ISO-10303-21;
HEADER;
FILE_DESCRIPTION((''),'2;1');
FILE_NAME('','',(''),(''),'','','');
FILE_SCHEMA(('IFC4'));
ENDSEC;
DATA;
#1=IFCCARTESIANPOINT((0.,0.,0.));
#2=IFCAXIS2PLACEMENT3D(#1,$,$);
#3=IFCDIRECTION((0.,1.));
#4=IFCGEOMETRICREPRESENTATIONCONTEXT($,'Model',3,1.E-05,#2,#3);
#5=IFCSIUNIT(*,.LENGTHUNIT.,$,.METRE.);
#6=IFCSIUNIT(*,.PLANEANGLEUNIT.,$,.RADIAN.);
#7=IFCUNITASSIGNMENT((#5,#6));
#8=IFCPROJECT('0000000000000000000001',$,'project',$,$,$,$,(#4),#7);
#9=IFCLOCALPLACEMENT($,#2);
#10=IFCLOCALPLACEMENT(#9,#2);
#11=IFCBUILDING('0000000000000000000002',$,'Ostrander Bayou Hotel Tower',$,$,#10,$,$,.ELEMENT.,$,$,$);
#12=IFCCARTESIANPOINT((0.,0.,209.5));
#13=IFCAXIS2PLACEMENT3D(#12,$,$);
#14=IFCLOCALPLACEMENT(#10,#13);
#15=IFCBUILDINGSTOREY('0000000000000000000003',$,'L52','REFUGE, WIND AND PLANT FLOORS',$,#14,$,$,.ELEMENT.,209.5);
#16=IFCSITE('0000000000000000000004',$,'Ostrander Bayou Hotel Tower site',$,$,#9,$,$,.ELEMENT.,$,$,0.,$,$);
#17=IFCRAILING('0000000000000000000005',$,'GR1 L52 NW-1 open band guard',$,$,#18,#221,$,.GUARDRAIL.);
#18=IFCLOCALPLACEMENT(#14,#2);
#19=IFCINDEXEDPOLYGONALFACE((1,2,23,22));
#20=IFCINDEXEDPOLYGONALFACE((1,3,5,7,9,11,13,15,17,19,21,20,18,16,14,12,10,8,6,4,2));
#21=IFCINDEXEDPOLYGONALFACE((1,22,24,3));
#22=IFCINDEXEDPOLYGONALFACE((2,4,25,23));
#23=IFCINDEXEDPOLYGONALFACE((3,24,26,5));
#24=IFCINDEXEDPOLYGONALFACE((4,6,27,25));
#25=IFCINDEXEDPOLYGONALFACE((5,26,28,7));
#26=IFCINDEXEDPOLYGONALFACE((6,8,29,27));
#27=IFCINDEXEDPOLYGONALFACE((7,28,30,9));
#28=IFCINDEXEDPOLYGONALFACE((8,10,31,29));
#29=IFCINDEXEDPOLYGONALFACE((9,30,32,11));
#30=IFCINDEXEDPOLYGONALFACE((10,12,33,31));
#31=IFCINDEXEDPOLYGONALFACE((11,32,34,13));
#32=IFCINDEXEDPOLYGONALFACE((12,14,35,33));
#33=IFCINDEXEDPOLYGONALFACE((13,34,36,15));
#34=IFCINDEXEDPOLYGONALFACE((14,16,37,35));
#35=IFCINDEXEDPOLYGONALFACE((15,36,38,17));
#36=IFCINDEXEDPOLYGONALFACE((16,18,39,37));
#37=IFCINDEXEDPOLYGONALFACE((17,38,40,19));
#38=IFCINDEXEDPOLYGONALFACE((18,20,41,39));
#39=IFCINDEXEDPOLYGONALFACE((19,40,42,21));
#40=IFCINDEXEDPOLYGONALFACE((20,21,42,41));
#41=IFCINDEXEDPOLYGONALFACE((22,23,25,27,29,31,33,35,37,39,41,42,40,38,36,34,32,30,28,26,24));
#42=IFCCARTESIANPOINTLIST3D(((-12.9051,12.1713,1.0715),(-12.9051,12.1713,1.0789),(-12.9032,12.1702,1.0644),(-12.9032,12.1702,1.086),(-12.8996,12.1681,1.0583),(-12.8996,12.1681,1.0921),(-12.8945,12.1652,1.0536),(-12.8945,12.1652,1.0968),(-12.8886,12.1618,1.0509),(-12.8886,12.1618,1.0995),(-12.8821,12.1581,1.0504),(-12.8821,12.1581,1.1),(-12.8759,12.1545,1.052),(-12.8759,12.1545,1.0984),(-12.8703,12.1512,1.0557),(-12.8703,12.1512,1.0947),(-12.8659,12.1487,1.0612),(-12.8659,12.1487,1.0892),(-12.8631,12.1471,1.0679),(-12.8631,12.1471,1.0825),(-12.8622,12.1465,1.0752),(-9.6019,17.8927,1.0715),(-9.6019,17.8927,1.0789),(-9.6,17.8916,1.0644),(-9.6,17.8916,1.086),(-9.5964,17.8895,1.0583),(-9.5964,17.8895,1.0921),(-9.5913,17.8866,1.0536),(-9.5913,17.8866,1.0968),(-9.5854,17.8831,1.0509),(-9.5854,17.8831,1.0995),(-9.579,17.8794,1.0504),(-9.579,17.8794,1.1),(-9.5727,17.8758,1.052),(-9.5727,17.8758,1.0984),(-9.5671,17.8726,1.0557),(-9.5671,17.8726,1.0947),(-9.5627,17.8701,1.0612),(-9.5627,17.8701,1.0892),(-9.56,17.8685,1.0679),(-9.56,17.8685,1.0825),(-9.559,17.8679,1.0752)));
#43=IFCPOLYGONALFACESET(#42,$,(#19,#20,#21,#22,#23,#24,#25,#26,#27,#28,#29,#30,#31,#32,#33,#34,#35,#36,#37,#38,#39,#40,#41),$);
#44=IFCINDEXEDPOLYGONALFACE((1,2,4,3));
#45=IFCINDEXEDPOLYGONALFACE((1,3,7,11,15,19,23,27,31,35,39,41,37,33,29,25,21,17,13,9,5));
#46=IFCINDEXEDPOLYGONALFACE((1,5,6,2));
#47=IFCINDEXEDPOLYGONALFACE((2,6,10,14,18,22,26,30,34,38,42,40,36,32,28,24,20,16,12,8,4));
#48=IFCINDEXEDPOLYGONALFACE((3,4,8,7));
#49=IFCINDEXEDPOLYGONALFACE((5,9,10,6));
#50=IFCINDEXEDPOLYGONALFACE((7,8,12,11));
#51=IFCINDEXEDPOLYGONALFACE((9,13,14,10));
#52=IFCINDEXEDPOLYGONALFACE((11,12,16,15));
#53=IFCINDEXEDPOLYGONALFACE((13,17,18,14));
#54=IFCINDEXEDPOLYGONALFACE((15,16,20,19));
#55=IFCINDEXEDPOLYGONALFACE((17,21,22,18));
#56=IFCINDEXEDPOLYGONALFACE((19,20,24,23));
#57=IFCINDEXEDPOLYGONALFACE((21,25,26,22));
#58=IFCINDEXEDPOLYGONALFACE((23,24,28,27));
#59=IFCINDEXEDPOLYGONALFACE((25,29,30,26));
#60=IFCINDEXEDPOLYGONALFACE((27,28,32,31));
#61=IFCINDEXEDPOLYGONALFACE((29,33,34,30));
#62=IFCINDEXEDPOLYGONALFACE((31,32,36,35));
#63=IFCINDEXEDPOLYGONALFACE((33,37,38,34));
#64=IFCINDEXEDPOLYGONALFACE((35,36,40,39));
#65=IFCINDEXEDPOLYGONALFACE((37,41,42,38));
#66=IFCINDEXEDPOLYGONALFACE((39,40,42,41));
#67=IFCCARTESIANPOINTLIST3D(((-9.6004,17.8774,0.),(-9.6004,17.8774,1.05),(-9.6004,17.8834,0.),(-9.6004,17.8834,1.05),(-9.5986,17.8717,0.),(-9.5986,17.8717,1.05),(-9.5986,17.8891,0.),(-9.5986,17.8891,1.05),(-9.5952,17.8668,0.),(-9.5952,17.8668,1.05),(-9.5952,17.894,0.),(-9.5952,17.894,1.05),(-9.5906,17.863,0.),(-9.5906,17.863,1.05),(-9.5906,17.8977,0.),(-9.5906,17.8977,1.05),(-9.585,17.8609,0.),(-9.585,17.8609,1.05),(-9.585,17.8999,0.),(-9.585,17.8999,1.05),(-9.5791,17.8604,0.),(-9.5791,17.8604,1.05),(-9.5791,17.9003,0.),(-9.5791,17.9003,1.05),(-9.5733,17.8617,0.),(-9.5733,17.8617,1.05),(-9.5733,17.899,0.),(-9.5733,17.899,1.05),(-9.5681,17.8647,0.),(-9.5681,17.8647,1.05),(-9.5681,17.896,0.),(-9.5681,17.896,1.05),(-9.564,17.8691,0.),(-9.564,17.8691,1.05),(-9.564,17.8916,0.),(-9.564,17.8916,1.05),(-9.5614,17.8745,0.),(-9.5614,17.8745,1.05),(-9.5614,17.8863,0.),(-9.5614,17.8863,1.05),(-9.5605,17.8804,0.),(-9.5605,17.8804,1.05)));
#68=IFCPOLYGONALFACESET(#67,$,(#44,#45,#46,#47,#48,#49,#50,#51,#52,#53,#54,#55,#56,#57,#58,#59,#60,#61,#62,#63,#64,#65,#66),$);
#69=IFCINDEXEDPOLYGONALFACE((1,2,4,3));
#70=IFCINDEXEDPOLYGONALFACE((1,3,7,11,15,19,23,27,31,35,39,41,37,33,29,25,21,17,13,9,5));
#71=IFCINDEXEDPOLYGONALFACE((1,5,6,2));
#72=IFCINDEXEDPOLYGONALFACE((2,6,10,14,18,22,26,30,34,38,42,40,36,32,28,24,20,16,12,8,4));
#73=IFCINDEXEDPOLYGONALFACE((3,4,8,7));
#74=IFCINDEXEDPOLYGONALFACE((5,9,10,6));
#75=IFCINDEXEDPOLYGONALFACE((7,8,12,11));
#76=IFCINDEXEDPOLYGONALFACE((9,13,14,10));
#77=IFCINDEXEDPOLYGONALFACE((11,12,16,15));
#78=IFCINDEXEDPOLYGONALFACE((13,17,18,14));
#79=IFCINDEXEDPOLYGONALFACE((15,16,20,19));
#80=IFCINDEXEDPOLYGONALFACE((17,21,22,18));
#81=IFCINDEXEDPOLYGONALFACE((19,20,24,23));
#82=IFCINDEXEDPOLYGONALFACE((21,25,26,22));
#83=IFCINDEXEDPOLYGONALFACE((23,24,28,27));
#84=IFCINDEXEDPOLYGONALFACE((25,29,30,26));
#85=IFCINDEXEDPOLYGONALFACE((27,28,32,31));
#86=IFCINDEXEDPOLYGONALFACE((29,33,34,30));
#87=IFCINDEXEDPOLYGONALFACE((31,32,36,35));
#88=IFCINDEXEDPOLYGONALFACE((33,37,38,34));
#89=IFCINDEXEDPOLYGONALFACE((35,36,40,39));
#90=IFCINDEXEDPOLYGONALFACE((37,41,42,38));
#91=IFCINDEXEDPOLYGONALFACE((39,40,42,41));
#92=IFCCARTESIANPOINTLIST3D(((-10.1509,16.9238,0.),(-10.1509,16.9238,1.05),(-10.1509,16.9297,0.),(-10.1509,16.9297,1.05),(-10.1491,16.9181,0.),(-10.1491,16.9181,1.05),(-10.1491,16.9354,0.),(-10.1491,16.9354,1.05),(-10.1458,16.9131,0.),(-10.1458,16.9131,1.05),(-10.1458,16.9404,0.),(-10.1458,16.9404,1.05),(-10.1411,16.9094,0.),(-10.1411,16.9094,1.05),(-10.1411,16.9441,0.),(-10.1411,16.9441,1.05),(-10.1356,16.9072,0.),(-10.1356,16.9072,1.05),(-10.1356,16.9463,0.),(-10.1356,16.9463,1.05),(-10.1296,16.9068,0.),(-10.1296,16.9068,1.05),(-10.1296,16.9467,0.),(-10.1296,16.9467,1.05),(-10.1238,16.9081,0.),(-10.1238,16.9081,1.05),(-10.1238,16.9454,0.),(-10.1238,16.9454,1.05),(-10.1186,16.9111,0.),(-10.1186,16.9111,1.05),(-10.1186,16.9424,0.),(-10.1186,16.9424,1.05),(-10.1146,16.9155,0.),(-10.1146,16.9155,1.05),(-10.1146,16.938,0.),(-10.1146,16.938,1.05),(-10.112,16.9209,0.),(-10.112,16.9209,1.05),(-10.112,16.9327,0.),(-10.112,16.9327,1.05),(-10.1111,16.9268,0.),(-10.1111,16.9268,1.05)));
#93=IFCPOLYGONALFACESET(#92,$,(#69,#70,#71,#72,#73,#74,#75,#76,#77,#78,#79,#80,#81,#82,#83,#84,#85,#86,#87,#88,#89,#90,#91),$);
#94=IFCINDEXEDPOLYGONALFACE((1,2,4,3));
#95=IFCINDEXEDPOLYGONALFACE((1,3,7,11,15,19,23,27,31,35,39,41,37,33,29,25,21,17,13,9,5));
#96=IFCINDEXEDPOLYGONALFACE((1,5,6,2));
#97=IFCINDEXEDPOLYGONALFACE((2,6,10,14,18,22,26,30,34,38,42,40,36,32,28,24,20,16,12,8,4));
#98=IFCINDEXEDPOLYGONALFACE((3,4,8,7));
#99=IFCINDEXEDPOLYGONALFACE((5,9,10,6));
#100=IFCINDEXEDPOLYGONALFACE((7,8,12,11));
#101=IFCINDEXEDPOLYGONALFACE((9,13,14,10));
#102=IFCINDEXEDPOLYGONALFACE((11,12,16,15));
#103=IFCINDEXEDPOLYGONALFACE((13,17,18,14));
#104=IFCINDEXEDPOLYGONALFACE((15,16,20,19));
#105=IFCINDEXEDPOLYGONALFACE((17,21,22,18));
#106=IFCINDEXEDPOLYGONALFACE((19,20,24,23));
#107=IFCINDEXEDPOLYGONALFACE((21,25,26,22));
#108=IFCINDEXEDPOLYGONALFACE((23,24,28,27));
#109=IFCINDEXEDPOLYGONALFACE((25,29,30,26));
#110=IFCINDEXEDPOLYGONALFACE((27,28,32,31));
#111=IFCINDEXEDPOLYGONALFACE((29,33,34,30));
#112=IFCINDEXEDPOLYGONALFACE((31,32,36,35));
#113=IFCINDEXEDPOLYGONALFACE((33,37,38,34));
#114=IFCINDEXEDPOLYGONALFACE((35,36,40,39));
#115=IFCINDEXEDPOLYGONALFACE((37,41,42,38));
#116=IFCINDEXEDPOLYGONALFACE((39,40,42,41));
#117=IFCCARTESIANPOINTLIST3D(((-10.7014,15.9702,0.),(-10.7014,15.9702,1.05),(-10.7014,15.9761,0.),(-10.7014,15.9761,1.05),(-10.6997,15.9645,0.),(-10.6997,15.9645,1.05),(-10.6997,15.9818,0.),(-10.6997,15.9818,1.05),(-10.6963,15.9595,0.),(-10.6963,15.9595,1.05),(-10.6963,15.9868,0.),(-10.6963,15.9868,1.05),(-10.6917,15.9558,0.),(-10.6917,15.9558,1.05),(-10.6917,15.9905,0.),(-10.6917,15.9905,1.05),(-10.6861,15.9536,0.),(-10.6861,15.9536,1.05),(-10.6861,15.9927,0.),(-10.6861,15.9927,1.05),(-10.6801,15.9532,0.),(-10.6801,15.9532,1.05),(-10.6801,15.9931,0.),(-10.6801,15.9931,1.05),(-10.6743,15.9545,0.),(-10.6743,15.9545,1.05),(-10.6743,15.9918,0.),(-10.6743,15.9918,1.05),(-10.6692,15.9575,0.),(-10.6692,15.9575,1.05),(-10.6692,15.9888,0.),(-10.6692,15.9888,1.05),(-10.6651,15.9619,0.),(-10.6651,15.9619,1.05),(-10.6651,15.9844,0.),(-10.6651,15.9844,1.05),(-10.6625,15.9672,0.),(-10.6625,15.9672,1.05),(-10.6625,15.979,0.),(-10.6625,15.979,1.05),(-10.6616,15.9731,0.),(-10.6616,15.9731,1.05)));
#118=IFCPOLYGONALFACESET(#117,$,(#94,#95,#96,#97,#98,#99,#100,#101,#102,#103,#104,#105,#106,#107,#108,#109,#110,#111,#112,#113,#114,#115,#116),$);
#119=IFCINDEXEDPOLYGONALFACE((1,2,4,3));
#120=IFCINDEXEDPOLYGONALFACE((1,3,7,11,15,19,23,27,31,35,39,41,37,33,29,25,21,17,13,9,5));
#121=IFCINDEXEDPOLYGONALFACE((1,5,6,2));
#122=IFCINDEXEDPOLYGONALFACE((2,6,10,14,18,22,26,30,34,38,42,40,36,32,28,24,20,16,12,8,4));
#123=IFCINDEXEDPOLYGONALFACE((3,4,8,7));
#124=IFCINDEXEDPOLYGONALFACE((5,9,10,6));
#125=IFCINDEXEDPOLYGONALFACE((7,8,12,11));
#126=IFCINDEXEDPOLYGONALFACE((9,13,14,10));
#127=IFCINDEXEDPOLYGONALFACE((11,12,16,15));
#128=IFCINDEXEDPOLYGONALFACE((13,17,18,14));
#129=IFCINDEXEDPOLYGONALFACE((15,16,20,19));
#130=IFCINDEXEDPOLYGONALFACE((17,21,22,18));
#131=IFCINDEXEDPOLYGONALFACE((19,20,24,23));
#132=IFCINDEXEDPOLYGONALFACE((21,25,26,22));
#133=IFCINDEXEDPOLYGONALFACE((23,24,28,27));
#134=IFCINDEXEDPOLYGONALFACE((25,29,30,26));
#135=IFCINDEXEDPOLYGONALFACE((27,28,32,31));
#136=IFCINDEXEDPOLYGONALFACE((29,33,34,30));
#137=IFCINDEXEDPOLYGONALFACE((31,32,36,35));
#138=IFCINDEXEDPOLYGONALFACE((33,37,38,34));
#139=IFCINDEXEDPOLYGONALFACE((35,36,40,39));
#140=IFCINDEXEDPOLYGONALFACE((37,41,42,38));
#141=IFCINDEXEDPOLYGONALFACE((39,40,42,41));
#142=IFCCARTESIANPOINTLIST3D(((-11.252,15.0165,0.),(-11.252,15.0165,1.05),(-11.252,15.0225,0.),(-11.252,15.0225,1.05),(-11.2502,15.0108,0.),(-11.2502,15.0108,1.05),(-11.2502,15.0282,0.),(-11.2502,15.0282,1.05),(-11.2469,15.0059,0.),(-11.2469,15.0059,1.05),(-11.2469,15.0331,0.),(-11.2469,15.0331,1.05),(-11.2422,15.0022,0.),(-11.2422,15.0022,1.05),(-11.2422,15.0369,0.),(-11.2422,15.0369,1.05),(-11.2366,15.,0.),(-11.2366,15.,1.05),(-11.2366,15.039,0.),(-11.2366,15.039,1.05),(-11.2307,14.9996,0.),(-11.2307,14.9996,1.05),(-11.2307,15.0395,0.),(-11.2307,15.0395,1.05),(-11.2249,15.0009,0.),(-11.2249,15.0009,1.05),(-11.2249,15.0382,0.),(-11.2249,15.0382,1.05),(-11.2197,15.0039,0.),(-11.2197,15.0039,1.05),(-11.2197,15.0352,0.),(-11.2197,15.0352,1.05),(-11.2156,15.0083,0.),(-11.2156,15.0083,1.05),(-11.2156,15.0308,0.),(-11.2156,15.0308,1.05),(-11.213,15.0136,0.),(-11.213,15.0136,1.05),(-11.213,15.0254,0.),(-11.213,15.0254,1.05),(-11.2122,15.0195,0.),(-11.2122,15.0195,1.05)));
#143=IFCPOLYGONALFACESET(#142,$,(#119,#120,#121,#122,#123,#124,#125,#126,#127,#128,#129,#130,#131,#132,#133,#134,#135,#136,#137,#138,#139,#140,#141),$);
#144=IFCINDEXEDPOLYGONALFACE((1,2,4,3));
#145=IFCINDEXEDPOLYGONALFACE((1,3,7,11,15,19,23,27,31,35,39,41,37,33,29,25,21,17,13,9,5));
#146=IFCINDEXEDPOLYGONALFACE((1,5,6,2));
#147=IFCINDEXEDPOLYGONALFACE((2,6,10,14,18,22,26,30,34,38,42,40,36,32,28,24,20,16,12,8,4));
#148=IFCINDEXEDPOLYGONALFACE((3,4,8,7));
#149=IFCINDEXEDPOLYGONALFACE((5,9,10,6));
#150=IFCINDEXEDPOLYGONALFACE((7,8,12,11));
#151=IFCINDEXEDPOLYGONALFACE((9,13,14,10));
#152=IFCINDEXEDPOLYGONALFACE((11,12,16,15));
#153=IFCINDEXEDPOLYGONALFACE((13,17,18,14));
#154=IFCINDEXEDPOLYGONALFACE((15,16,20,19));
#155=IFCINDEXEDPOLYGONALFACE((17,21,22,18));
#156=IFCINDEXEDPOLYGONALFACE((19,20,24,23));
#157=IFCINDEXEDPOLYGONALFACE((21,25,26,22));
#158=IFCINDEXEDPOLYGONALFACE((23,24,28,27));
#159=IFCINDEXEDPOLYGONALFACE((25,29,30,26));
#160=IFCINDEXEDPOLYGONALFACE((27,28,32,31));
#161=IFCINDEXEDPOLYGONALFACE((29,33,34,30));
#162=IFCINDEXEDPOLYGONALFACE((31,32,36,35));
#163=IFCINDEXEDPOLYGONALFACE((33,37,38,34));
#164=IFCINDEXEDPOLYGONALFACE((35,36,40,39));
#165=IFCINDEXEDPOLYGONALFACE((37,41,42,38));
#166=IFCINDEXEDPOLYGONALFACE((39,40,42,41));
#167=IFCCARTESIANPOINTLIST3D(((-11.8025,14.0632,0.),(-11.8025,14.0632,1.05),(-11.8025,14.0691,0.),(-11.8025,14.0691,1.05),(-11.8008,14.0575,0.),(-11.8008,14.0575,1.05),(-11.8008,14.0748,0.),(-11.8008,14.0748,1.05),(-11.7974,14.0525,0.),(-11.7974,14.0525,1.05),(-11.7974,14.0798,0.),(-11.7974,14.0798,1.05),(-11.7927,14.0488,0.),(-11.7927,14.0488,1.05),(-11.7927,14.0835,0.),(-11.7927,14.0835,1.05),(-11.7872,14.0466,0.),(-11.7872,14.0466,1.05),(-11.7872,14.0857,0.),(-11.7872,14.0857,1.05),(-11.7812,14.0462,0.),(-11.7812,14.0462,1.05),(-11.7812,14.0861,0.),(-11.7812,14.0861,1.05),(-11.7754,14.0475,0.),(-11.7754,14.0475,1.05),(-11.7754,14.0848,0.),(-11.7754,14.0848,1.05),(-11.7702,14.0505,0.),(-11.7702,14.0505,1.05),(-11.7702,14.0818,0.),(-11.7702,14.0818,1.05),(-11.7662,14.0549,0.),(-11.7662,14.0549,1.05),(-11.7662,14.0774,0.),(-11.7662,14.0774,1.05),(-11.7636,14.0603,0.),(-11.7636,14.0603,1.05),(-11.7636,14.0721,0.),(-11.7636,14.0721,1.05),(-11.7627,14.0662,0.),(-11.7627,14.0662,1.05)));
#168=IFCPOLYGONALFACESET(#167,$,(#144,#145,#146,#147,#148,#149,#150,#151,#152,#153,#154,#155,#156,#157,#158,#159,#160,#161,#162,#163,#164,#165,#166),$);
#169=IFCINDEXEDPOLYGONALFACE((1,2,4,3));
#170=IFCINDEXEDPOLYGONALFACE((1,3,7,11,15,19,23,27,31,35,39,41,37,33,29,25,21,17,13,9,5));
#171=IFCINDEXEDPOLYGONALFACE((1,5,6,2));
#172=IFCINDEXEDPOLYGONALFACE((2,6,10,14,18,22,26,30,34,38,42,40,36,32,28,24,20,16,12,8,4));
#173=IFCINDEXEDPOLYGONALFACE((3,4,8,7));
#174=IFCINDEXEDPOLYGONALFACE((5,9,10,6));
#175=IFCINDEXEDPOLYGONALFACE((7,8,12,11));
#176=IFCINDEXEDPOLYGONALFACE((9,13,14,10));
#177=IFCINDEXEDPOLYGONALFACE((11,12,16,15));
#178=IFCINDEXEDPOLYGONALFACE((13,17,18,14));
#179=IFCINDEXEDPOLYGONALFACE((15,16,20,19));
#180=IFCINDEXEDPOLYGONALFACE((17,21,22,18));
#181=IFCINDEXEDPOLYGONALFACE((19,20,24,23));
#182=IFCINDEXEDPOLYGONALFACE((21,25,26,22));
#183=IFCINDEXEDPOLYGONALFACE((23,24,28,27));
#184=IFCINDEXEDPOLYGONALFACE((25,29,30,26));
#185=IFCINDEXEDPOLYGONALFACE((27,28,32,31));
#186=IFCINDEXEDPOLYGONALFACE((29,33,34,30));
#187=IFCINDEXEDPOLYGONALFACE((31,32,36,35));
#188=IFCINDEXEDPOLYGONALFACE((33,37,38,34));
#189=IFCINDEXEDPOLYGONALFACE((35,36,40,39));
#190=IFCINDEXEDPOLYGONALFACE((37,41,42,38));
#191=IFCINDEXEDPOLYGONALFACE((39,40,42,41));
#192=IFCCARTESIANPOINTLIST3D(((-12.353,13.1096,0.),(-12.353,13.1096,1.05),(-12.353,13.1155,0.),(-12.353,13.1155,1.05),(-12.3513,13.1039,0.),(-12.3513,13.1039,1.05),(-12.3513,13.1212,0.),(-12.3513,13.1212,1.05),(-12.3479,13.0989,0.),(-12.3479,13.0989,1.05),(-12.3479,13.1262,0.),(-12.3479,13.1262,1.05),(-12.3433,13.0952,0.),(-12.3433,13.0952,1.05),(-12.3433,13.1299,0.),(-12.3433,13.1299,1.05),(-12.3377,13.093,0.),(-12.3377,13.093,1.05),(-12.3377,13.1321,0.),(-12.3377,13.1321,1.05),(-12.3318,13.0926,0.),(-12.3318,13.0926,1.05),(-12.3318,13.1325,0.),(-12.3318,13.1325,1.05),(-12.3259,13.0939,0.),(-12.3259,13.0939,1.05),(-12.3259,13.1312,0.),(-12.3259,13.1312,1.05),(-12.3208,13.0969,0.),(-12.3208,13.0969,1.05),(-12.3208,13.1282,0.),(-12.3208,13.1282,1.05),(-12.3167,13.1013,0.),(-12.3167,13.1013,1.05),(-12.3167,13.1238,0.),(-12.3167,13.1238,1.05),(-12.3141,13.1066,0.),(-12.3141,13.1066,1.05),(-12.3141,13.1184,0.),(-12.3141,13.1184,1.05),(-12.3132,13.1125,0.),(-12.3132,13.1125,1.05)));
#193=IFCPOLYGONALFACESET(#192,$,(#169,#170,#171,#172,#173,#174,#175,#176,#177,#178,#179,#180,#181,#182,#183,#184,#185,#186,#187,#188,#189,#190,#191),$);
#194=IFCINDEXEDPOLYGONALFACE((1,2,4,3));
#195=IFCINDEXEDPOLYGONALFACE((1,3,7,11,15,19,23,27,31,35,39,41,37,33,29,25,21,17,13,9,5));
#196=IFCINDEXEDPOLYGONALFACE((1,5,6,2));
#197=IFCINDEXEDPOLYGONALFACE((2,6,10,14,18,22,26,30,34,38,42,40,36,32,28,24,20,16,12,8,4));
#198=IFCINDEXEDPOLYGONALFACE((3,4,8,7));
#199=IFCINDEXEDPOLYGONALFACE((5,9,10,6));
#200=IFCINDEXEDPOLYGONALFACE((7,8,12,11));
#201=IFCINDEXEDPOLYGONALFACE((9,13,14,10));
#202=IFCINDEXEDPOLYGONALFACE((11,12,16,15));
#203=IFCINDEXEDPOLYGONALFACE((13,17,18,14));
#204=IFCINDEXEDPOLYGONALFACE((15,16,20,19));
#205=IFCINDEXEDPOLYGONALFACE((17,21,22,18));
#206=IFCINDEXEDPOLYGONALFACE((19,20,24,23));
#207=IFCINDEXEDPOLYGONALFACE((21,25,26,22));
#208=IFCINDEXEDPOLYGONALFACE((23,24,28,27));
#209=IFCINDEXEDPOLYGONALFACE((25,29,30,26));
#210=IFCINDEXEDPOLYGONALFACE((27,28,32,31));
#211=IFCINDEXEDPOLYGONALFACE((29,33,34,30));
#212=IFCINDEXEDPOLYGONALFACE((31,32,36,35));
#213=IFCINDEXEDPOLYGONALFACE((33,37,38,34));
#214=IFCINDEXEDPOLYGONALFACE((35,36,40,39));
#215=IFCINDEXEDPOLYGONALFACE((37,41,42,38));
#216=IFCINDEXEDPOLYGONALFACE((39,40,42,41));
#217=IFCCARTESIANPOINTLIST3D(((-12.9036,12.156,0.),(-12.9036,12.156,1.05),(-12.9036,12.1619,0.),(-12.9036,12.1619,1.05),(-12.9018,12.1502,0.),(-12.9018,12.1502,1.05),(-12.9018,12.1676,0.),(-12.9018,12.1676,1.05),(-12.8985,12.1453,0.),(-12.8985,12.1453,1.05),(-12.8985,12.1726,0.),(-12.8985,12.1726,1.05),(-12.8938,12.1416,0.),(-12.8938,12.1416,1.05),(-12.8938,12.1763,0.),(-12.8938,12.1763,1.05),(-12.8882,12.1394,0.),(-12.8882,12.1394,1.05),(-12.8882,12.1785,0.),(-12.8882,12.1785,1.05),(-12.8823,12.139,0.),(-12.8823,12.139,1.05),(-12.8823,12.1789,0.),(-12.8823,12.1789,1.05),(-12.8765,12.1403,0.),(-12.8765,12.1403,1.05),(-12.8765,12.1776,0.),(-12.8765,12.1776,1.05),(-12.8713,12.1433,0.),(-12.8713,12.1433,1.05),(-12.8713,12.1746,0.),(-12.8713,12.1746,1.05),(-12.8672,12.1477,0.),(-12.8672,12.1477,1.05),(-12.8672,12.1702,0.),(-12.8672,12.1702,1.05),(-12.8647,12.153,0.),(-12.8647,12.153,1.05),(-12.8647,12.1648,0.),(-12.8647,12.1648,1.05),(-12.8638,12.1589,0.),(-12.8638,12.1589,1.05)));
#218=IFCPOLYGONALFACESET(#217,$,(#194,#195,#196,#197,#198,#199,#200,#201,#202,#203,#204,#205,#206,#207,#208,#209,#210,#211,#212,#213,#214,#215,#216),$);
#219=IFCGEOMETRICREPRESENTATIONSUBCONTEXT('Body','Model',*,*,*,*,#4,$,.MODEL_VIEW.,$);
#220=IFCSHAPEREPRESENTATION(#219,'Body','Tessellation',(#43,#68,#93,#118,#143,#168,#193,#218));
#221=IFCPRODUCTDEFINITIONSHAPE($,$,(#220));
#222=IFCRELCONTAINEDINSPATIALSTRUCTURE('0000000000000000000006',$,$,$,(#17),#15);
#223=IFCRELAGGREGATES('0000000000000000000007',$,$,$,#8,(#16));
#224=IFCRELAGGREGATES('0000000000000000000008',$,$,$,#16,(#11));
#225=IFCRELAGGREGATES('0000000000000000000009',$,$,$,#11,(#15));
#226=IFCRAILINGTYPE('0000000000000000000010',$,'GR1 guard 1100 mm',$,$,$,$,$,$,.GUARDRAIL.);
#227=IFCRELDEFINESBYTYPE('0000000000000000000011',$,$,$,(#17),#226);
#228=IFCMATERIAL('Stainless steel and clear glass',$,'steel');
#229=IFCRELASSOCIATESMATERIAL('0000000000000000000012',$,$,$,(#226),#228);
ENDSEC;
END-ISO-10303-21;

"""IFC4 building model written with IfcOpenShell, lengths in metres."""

from ifc_helpers import new_model, si_unit, direction, frame, origin, origin_2d, place, context, subcontext, project, spatial, circle, extrude, material, type_object, element, save


model = new_model("IFC4")

# Units and contexts
model_context = context("Model", 3, precision=1e-05, world=origin(), true_north=direction((0.0, 1.0)))
body_context = subcontext(model_context, "Body", "Model", "MODEL_VIEW")
ifc_project = project(units=[si_unit("LENGTHUNIT", "METRE"), si_unit("PLANEANGLEUNIT", "RADIAN")], contexts=[model_context])

# Site, building, storey
site_placement = place(None, origin())
site = spatial("IfcSite", under=ifc_project, at=site_placement, Name="Ostrander Bayou Hotel Tower site", CompositionType="ELEMENT", RefElevation=0.0)
building_placement = place(site_placement, origin())
building = spatial("IfcBuilding", under=site, at=building_placement, Name="Ostrander Bayou Hotel Tower", CompositionType="ELEMENT")
storey_placement = place(building_placement, frame((0.0, 0.0, 209.5)))
storey = spatial("IfcBuildingStorey", under=building, at=storey_placement, Name="L52", Description="REFUGE, WIND AND PLANT FLOORS", CompositionType="ELEMENT", Elevation=209.5)

# Railing
ifc_material_1 = material(Name="Stainless steel and clear glass", Category="steel")
railing_type = type_object("IfcRailingType", Name="GR1 guard 1100 mm", PredefinedType="GUARDRAIL", material=ifc_material_1)
railing_1_placement = place(storey_placement, frame((-9.5806, 17.8804, 0.0)))
element("IfcRailing", 1, at=railing_1_placement, inside=storey, type_object=railing_type, Name="GR1 L52 NW-1 open band guard", PredefinedType="GUARDRAIL", context=body_context, shape_type="SweptSolid", body=[
    extrude(circle(Radius=0.0249, at=origin_2d()), frame((0.0, 0.0, 1.0752), z_axis=(-0.499994, -0.866029, 0.0), x_axis=(0.866029, -0.499994, 0.0)), (0.0, 0.0, 1.0), 6.6064),
    extrude(circle(Radius=0.02, at=origin_2d()), origin(), (0.0, 0.0, 1.0), 1.05),
    extrude(circle(Radius=0.02, at=origin_2d()), frame((-0.5505, -0.9536, 0.0)), (0.0, 0.0, 1.0), 1.05),
    extrude(circle(Radius=0.02, at=origin_2d()), frame((-1.1011, -1.9072, 0.0)), (0.0, 0.0, 1.0), 1.05),
    extrude(circle(Radius=0.02, at=origin_2d()), frame((-1.6516, -2.8608, 0.0)), (0.0, 0.0, 1.0), 1.05),
    extrude(circle(Radius=0.02, at=origin_2d()), frame((-2.2021, -3.8142, 0.0)), (0.0, 0.0, 1.0), 1.05),
    extrude(circle(Radius=0.02, at=origin_2d()), frame((-2.7527, -4.7678, 0.0)), (0.0, 0.0, 1.0), 1.05),
    extrude(circle(Radius=0.02, at=origin_2d()), frame((-3.3032, -5.7214, 0.0)), (0.0, 0.0, 1.0), 1.05),
])

save(model, "model.ifc")
